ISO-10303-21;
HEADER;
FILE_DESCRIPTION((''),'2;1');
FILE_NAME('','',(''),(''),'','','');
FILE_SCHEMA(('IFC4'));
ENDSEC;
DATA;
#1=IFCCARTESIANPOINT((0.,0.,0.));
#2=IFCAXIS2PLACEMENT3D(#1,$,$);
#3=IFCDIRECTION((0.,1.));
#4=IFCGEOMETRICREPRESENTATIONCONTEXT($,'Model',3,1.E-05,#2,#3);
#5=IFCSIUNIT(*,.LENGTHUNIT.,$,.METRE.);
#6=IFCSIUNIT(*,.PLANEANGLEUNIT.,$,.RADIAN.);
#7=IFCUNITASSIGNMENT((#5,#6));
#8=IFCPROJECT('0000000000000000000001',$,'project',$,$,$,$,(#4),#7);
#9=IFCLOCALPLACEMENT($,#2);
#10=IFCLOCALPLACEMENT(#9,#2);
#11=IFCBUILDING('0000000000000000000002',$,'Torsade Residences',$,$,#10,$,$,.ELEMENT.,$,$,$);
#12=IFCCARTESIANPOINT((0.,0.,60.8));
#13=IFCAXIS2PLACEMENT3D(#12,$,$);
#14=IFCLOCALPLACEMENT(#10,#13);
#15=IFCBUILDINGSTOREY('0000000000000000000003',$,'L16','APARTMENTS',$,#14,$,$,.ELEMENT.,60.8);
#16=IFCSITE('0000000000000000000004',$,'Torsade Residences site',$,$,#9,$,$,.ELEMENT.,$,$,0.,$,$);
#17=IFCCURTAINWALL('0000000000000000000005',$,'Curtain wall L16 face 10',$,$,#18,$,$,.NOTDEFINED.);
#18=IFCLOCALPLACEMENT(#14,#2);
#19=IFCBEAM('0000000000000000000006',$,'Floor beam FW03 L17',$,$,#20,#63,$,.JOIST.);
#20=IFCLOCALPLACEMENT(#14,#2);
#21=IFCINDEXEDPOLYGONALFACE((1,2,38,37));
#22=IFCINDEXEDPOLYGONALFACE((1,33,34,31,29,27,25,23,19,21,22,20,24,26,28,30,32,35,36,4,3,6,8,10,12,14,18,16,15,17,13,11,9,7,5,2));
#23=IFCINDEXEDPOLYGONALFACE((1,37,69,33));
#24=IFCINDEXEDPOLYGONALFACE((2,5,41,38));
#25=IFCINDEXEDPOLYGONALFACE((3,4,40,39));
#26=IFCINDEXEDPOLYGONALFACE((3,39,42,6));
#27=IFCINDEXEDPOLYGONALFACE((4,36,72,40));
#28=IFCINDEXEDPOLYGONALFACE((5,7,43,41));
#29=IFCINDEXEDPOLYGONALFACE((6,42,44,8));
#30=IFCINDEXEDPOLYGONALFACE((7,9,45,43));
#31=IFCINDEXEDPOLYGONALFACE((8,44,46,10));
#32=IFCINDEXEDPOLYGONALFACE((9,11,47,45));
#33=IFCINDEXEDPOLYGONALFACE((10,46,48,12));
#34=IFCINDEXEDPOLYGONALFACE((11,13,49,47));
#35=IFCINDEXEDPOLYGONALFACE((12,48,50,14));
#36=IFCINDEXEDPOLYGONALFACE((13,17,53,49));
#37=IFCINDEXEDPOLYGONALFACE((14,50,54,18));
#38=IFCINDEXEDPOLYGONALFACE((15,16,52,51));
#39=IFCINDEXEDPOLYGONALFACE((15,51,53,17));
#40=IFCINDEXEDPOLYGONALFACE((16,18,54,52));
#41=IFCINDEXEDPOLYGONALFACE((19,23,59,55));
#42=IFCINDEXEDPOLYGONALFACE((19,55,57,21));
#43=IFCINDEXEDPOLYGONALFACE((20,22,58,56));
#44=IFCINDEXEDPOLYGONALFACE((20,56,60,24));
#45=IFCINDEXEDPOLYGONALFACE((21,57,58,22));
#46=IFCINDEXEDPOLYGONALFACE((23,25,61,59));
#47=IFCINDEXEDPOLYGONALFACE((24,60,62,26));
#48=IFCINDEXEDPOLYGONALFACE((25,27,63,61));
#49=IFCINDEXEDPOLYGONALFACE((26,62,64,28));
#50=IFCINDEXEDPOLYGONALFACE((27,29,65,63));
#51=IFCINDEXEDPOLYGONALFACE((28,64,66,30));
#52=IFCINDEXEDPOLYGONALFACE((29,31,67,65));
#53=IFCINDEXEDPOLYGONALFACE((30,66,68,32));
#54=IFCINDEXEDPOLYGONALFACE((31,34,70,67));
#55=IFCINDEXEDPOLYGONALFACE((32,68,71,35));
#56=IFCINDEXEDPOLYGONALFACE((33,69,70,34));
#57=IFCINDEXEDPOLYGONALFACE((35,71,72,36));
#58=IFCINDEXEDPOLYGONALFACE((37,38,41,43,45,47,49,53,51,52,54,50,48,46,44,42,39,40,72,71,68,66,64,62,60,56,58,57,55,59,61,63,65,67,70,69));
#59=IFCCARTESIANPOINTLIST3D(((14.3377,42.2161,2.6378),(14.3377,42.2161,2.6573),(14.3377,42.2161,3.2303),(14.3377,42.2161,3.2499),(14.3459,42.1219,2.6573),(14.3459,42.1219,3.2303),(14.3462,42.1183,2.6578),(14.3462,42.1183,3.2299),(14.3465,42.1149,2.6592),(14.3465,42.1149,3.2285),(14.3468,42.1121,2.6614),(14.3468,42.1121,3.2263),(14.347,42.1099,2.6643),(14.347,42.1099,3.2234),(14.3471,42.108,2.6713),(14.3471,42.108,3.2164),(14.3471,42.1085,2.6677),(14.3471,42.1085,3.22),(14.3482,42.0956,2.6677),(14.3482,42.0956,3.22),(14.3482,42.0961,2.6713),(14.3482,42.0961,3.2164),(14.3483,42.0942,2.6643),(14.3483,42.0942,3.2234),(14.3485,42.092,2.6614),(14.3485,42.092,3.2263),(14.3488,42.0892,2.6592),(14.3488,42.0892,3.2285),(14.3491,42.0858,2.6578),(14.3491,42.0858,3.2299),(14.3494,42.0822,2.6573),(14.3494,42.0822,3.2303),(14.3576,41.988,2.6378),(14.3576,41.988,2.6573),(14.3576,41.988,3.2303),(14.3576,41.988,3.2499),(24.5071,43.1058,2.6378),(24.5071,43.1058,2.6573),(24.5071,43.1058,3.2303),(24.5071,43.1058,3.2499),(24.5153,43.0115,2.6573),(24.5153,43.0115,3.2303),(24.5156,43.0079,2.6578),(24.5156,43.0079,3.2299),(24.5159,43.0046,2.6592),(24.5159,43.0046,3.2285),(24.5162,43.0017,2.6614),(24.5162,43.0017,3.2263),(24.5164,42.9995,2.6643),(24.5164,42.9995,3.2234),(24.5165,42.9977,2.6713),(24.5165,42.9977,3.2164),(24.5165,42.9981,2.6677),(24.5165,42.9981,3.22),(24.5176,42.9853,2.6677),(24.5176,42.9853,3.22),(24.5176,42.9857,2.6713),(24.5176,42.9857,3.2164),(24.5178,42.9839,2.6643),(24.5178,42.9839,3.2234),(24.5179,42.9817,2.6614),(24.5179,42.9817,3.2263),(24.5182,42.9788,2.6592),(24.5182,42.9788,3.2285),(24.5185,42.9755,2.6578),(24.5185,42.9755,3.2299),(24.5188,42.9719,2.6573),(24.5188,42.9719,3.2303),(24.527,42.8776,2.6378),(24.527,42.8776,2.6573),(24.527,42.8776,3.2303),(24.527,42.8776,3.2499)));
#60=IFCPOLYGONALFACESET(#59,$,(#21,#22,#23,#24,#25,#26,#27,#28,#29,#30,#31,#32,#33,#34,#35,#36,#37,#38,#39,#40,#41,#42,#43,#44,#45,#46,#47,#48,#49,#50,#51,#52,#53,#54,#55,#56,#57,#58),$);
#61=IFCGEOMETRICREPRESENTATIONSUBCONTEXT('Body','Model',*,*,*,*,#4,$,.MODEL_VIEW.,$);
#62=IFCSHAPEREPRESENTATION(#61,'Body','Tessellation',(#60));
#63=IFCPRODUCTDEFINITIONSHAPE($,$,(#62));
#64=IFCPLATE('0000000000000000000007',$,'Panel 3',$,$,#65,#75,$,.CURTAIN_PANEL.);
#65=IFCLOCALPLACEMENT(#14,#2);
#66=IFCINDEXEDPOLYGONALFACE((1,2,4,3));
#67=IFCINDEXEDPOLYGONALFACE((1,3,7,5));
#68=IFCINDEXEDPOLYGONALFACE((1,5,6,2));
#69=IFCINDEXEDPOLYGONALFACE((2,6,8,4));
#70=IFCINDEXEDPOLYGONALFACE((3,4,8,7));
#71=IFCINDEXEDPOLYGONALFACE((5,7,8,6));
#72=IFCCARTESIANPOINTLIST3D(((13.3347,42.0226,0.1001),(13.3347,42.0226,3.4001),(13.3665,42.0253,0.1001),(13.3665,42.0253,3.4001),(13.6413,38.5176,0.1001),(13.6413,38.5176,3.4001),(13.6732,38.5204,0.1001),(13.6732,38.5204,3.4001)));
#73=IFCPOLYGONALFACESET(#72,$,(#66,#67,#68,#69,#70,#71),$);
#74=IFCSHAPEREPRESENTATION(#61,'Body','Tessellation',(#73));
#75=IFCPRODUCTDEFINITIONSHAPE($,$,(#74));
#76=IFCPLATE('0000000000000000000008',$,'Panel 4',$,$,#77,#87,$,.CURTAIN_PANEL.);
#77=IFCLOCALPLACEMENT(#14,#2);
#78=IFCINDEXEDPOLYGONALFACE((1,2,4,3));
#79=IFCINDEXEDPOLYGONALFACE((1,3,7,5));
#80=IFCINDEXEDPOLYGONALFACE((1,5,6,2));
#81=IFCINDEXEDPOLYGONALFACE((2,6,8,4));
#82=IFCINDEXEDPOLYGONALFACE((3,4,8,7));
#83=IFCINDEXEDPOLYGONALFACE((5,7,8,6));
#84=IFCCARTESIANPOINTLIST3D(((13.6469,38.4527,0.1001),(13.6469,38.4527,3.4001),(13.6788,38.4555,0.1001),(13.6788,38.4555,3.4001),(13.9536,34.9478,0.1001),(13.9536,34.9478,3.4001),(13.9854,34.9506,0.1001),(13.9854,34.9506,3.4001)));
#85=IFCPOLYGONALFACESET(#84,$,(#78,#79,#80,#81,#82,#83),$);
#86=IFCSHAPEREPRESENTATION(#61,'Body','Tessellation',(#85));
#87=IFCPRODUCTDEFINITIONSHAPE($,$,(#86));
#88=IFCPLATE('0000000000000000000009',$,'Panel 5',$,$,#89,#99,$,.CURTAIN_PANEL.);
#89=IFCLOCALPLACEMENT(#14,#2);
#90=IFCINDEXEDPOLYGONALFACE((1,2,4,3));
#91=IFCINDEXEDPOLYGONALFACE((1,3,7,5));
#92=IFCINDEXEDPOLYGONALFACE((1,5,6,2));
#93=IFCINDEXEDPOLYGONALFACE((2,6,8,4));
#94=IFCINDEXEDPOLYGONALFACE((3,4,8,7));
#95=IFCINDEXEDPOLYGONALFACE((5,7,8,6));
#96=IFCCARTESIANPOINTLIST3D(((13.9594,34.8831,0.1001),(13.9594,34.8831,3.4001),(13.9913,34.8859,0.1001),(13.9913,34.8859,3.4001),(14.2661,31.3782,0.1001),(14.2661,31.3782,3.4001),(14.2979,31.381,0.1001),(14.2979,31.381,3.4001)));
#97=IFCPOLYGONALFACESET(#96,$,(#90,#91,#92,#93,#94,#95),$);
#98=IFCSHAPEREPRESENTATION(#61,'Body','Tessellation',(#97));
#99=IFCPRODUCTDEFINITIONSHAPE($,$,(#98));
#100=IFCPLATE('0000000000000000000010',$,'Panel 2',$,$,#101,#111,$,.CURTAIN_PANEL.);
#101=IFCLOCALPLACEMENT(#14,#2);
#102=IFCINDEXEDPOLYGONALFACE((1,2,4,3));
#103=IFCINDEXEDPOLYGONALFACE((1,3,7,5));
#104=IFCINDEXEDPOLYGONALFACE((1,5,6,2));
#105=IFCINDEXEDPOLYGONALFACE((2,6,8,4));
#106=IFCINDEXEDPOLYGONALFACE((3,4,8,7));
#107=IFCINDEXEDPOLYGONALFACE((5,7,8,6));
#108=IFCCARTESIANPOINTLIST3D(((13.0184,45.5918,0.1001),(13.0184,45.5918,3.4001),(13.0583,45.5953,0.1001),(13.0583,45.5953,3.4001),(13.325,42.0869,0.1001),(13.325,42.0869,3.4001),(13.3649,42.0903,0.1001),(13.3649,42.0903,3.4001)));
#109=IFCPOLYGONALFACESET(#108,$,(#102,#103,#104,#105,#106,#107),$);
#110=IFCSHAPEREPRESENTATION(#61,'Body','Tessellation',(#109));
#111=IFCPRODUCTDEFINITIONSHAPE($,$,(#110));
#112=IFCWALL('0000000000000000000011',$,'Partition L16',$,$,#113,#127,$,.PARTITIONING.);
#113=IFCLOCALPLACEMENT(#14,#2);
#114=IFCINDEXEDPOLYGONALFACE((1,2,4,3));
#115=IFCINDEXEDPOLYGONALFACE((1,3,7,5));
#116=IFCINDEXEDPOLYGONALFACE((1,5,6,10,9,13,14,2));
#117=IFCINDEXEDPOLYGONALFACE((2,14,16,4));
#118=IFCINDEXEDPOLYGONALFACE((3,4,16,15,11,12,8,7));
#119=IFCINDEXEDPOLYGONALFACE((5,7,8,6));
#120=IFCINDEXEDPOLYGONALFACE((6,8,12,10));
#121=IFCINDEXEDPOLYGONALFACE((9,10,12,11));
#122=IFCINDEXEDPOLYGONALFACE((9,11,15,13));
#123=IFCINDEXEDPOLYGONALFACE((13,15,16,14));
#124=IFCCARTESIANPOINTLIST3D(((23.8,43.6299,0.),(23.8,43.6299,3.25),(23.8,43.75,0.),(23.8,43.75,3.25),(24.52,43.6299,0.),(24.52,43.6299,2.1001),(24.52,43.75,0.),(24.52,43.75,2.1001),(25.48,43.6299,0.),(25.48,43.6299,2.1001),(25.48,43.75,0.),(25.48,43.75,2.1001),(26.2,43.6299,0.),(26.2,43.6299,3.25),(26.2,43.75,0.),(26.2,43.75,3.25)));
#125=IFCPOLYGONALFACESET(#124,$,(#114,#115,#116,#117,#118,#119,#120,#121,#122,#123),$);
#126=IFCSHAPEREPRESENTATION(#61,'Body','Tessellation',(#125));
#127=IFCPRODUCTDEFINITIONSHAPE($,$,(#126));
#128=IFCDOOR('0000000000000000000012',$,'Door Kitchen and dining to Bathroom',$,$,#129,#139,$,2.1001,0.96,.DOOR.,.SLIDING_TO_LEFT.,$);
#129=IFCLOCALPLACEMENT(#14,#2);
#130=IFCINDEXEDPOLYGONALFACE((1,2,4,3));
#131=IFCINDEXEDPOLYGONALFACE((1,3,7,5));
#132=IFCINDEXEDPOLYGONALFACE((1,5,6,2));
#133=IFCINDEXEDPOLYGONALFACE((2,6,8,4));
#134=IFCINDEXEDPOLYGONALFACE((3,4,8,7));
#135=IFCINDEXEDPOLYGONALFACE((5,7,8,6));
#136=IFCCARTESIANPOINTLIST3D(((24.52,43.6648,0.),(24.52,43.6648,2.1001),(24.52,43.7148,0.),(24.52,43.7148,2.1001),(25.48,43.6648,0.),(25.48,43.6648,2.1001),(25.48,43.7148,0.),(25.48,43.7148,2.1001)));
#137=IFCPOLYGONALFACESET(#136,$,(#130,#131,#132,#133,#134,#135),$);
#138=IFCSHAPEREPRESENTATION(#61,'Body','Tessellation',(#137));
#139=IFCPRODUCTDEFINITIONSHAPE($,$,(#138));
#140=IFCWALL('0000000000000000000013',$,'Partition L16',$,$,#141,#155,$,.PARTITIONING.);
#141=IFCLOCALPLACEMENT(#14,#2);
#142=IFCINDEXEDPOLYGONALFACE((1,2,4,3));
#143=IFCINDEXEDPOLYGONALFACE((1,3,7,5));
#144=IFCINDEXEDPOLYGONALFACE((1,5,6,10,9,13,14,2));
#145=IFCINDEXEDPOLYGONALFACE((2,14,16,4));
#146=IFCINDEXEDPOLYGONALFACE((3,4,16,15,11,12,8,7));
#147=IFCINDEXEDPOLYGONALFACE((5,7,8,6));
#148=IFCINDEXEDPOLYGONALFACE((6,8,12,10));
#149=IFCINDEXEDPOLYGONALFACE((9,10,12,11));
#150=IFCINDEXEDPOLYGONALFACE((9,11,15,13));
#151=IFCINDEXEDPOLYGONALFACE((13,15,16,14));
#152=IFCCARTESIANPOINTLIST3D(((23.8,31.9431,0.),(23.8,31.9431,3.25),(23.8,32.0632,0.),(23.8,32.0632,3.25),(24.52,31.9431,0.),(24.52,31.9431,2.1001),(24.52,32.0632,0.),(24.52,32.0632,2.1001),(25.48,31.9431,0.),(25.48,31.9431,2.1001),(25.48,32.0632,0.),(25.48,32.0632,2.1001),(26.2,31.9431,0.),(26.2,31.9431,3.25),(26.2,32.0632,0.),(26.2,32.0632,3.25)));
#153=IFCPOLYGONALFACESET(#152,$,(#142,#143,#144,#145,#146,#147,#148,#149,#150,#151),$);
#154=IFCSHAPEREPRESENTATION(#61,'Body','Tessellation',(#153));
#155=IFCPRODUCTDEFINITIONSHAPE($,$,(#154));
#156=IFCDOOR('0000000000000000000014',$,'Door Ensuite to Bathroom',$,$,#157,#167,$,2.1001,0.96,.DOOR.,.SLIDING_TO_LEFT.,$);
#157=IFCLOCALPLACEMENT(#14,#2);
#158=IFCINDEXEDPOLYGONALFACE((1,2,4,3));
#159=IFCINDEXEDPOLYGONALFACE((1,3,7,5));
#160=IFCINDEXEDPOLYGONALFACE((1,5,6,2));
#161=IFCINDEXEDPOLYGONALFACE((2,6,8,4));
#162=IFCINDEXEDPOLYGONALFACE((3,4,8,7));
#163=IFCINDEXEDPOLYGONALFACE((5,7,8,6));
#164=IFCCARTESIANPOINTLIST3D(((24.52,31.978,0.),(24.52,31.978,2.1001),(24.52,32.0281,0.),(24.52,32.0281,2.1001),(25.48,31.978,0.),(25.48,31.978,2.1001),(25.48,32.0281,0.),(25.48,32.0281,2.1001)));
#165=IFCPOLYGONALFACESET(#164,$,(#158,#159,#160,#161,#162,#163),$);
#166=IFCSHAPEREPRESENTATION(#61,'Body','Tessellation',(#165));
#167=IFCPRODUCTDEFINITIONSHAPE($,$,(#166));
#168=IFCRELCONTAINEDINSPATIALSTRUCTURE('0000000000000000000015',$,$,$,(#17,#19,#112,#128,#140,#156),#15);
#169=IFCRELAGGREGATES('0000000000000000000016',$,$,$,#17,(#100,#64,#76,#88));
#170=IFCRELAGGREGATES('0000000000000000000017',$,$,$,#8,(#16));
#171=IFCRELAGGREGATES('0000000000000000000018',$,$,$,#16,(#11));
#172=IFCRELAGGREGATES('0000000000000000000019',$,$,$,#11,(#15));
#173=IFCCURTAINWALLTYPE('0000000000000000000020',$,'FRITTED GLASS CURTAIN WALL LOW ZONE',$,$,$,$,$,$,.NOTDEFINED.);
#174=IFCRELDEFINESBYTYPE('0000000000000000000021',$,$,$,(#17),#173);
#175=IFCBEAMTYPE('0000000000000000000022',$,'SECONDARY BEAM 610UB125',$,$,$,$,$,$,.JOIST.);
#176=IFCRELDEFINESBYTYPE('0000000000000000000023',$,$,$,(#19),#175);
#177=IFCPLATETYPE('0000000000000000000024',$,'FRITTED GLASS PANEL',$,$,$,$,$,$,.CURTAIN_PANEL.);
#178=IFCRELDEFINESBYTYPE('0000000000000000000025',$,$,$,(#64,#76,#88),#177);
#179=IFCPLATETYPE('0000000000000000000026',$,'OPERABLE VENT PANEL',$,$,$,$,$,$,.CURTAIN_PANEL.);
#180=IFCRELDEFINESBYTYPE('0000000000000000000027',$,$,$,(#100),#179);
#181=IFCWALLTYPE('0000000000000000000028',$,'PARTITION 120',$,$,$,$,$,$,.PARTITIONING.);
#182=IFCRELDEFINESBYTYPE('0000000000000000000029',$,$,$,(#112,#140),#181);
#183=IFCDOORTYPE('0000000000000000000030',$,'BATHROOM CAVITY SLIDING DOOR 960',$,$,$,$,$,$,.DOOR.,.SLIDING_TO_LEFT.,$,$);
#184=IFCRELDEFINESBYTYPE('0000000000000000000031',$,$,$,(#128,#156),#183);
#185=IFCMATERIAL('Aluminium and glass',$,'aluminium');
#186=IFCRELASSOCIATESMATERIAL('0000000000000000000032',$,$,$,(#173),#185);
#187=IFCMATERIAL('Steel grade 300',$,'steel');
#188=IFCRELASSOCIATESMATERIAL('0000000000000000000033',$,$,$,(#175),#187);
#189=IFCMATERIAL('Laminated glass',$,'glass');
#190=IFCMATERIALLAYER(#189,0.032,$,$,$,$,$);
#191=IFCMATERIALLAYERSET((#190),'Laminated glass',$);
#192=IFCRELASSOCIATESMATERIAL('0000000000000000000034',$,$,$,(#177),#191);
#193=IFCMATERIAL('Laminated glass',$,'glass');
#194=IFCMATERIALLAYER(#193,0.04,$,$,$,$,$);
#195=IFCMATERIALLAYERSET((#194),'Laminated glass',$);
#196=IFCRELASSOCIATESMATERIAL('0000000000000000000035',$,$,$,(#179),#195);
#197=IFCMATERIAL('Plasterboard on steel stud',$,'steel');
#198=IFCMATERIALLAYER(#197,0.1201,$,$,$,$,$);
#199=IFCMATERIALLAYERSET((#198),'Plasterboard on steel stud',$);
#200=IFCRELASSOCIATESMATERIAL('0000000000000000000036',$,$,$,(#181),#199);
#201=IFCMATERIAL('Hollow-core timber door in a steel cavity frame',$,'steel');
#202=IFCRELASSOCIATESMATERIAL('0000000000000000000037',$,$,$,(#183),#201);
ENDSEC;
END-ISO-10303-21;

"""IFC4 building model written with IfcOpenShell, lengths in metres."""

from ifc_helpers import new_model, si_unit, direction, frame, frame_2d, origin, origin_2d, place, context, subcontext, project, spatial, rectangle, i_section, extrude, material, layer, layer_set, material_profile, profile_set, type_object, element, fill, aggregate, save


model = new_model("IFC4")

# Units and contexts
model_context = context("Model", 3, precision=1e-05, world=origin(), true_north=direction((0.0, 1.0)))
body_context = subcontext(model_context, "Body", "Model", "MODEL_VIEW")
ifc_project = project(units=[si_unit("LENGTHUNIT", "METRE"), si_unit("PLANEANGLEUNIT", "RADIAN")], contexts=[model_context])

# Site, building, storey
site_placement = place(None, origin())
site = spatial("IfcSite", under=ifc_project, at=site_placement, Name="Torsade Residences site", CompositionType="ELEMENT", RefElevation=0.0)
building_placement = place(site_placement, origin())
building = spatial("IfcBuilding", under=site, at=building_placement, Name="Torsade Residences", CompositionType="ELEMENT")
storey_placement = place(building_placement, frame((0.0, 0.0, 60.8)))
storey = spatial("IfcBuildingStorey", under=building, at=storey_placement, Name="L16", Description="APARTMENTS", CompositionType="ELEMENT", Elevation=60.8)

# Curtain wall
ifc_material_1 = material(Name="Aluminium and glass", Category="aluminium")
curtain_wall_type = type_object("IfcCurtainWallType", Name="FRITTED GLASS CURTAIN WALL LOW ZONE", PredefinedType="NOTDEFINED", material=ifc_material_1)
curtain_wall_placement = place(storey_placement, origin())
curtain_wall = element("IfcCurtainWall", 1, at=curtain_wall_placement, inside=storey, type_object=curtain_wall_type, Name="Curtain wall L16 face 10", PredefinedType="NOTDEFINED")

# Beam
ifc_material_2 = material(Name="Steel grade 300", Category="steel")
ifc_material_profile_1 = material_profile(ifc_material_2, i_section(OverallWidth=0.229, OverallDepth=0.6121, WebThickness=0.012, FlangeThickness=0.0195, FilletRadius=0.0139, at=origin_2d()), Name="610UB125")
ifc_profile_set_1 = profile_set([ifc_material_profile_1], Name="Steel grade 300")
beam_type_1 = type_object("IfcBeamType", Name="SECONDARY BEAM 610UB125", PredefinedType="JOIST", material=ifc_profile_set_1)
beam_1_placement = place(storey_placement, frame((14.3477, 42.1021, 2.9438), z_axis=(0.996195, 0.08715, 0.0), x_axis=(-0.08715, 0.996195, 0.0)))
element("IfcBeam", 2, at=beam_1_placement, inside=storey, type_object=beam_type_1, Name="Floor beam FW03 L17", PredefinedType="JOIST", context=body_context, shape_type="SweptSolid", body=[
    extrude(i_section(OverallWidth=0.229, OverallDepth=0.6121, WebThickness=0.012, FlangeThickness=0.0195, FilletRadius=0.0139, at=origin_2d()), origin(), (0.0, 0.0, 1.0), 10.2083),
])

# Plates
ifc_material_3 = material(Name="Laminated glass", Category="glass")
ifc_layer_1 = layer(ifc_material_3, 0.032)
ifc_layer_set_1 = layer_set([ifc_layer_1], Name="Laminated glass")
plate_type_1 = type_object("IfcPlateType", Name="FRITTED GLASS PANEL", PredefinedType="CURTAIN_PANEL", material=ifc_layer_set_1)
plate_1_placement = place(storey_placement, frame((13.5039, 40.2715, 0.1001), z_axis=(0.0, 0.0, 1.0), x_axis=(0.087156, -0.996195, 0.0)))
plate_1 = element("IfcPlate", 3, at=plate_1_placement, type_object=plate_type_1, Name="Panel 3", PredefinedType="CURTAIN_PANEL", context=body_context, shape_type="SweptSolid", body=[
    extrude(rectangle(XDim=3.5183, YDim=0.032, at=origin_2d()), origin(), (0.0, 0.0, 1.0), 3.3),
])
plate_2_placement = place(storey_placement, frame((13.8162, 36.7017, 0.1001), z_axis=(0.0, 0.0, 1.0), x_axis=(0.087156, -0.996195, 0.0)))
plate_2 = element("IfcPlate", 4, at=plate_2_placement, type_object=plate_type_1, Name="Panel 4", PredefinedType="CURTAIN_PANEL", context=body_context, shape_type="SweptSolid", body=[
    extrude(rectangle(XDim=3.5183, YDim=0.032, at=origin_2d()), origin(), (0.0, 0.0, 1.0), 3.3),
])
plate_3_placement = place(storey_placement, frame((14.1287, 33.1321, 0.1001), z_axis=(0.0, 0.0, 1.0), x_axis=(0.087156, -0.996195, 0.0)))
plate_3 = element("IfcPlate", 5, at=plate_3_placement, type_object=plate_type_1, Name="Panel 5", PredefinedType="CURTAIN_PANEL", context=body_context, shape_type="SweptSolid", body=[
    extrude(rectangle(XDim=3.5183, YDim=0.032, at=origin_2d()), origin(), (0.0, 0.0, 1.0), 3.3),
])
ifc_material_4 = material(Name="Laminated glass", Category="glass")
ifc_layer_2 = layer(ifc_material_4, 0.04)
ifc_layer_set_2 = layer_set([ifc_layer_2], Name="Laminated glass")
plate_type_2 = type_object("IfcPlateType", Name="OPERABLE VENT PANEL", PredefinedType="CURTAIN_PANEL", material=ifc_layer_set_2)
plate_4_placement = place(storey_placement, frame((13.1917, 43.8411, 0.1001), z_axis=(0.0, 0.0, 1.0), x_axis=(0.087156, -0.996195, 0.0)))
plate_4 = element("IfcPlate", 6, at=plate_4_placement, type_object=plate_type_2, Name="Panel 2", PredefinedType="CURTAIN_PANEL", context=body_context, shape_type="SweptSolid", body=[
    extrude(rectangle(XDim=3.5183, YDim=0.04, at=origin_2d()), origin(), (0.0, 0.0, 1.0), 3.3),
])
aggregate(curtain_wall, [plate_4, plate_1, plate_2, plate_3])

# Walls, openings, doors
ifc_material_5 = material(Name="Plasterboard on steel stud", Category="steel")
ifc_layer_3 = layer(ifc_material_5, 0.1201)
ifc_layer_set_3 = layer_set([ifc_layer_3], Name="Plasterboard on steel stud")
wall_type_1 = type_object("IfcWallType", Name="PARTITION 120", PredefinedType="PARTITIONING", material=ifc_layer_set_3)
wall_1_placement = place(storey_placement, frame((23.8, 43.6899, 0.0), z_axis=(0.0, 0.0, 1.0), x_axis=(1.0, 0.0, 0.0)))
wall_1 = element("IfcWall", 7, at=wall_1_placement, inside=storey, type_object=wall_type_1, Name="Partition L16", PredefinedType="PARTITIONING", context=body_context, shape_type="SweptSolid", body=[
    extrude(rectangle(XDim=2.3999, YDim=0.1201, at=frame_2d((1.2, 0.0))), origin(), (0.0, 0.0, 1.0), 3.25),
])
opening_1_placement = place(wall_1_placement, frame((0.72, 0.0, 0.0)))
opening_1 = element("IfcOpeningElement", 8, at=opening_1_placement, cuts=wall_1, PredefinedType="OPENING", context=body_context, shape_type="SweptSolid", body=[
    extrude(rectangle(XDim=0.96, YDim=2.1001, at=frame_2d((0.48, 1.05))), frame((0.0, 0.0701, 0.0), z_axis=(0.0, -1.0, 0.0), x_axis=(1.0, 0.0, 0.0)), (0.0, 0.0, 1.0), 0.1401),
])
ifc_material_6 = material(Name="Hollow-core timber door in a steel cavity frame", Category="steel")
door_type_1 = type_object("IfcDoorType", Name="BATHROOM CAVITY SLIDING DOOR 960", OperationType="SLIDING_TO_LEFT", PredefinedType="DOOR", material=ifc_material_6)
door_1_placement = place(opening_1_placement, origin())
door_1 = element("IfcDoor", 9, at=door_1_placement, inside=storey, type_object=door_type_1, Name="Door Kitchen and dining to Bathroom", OperationType="SLIDING_TO_LEFT", OverallHeight=2.1001, OverallWidth=0.96, PredefinedType="DOOR", context=body_context, shape_type="SweptSolid", body=[
    extrude(rectangle(XDim=0.96, YDim=2.1001, at=frame_2d((0.48, 1.05))), frame((0.0, 0.0249, 0.0), z_axis=(0.0, -1.0, 0.0), x_axis=(1.0, 0.0, 0.0)), (0.0, 0.0, 1.0), 0.05),
])
fill(opening_1, door_1)
wall_2_placement = place(storey_placement, frame((23.8, 32.0032, 0.0), z_axis=(0.0, 0.0, 1.0), x_axis=(1.0, 0.0, 0.0)))
wall_2 = element("IfcWall", 10, at=wall_2_placement, inside=storey, type_object=wall_type_1, Name="Partition L16", PredefinedType="PARTITIONING", context=body_context, shape_type="SweptSolid", body=[
    extrude(rectangle(XDim=2.3999, YDim=0.1201, at=frame_2d((1.2, 0.0))), origin(), (0.0, 0.0, 1.0), 3.25),
])
opening_2_placement = place(wall_2_placement, frame((0.72, 0.0, 0.0)))
opening_2 = element("IfcOpeningElement", 11, at=opening_2_placement, cuts=wall_2, PredefinedType="OPENING", context=body_context, shape_type="SweptSolid", body=[
    extrude(rectangle(XDim=0.96, YDim=2.1001, at=frame_2d((0.48, 1.05))), frame((0.0, 0.0701, 0.0), z_axis=(0.0, -1.0, 0.0), x_axis=(1.0, 0.0, 0.0)), (0.0, 0.0, 1.0), 0.1401),
])
door_2_placement = place(opening_2_placement, origin())
door_2 = element("IfcDoor", 12, at=door_2_placement, inside=storey, type_object=door_type_1, Name="Door Ensuite to Bathroom", OperationType="SLIDING_TO_LEFT", OverallHeight=2.1001, OverallWidth=0.96, PredefinedType="DOOR", context=body_context, shape_type="SweptSolid", body=[
    extrude(rectangle(XDim=0.96, YDim=2.1001, at=frame_2d((0.48, 1.05))), frame((0.0, 0.0249, 0.0), z_axis=(0.0, -1.0, 0.0), x_axis=(1.0, 0.0, 0.0)), (0.0, 0.0, 1.0), 0.05),
])
fill(opening_2, door_2)

save(model, "model.ifc")
